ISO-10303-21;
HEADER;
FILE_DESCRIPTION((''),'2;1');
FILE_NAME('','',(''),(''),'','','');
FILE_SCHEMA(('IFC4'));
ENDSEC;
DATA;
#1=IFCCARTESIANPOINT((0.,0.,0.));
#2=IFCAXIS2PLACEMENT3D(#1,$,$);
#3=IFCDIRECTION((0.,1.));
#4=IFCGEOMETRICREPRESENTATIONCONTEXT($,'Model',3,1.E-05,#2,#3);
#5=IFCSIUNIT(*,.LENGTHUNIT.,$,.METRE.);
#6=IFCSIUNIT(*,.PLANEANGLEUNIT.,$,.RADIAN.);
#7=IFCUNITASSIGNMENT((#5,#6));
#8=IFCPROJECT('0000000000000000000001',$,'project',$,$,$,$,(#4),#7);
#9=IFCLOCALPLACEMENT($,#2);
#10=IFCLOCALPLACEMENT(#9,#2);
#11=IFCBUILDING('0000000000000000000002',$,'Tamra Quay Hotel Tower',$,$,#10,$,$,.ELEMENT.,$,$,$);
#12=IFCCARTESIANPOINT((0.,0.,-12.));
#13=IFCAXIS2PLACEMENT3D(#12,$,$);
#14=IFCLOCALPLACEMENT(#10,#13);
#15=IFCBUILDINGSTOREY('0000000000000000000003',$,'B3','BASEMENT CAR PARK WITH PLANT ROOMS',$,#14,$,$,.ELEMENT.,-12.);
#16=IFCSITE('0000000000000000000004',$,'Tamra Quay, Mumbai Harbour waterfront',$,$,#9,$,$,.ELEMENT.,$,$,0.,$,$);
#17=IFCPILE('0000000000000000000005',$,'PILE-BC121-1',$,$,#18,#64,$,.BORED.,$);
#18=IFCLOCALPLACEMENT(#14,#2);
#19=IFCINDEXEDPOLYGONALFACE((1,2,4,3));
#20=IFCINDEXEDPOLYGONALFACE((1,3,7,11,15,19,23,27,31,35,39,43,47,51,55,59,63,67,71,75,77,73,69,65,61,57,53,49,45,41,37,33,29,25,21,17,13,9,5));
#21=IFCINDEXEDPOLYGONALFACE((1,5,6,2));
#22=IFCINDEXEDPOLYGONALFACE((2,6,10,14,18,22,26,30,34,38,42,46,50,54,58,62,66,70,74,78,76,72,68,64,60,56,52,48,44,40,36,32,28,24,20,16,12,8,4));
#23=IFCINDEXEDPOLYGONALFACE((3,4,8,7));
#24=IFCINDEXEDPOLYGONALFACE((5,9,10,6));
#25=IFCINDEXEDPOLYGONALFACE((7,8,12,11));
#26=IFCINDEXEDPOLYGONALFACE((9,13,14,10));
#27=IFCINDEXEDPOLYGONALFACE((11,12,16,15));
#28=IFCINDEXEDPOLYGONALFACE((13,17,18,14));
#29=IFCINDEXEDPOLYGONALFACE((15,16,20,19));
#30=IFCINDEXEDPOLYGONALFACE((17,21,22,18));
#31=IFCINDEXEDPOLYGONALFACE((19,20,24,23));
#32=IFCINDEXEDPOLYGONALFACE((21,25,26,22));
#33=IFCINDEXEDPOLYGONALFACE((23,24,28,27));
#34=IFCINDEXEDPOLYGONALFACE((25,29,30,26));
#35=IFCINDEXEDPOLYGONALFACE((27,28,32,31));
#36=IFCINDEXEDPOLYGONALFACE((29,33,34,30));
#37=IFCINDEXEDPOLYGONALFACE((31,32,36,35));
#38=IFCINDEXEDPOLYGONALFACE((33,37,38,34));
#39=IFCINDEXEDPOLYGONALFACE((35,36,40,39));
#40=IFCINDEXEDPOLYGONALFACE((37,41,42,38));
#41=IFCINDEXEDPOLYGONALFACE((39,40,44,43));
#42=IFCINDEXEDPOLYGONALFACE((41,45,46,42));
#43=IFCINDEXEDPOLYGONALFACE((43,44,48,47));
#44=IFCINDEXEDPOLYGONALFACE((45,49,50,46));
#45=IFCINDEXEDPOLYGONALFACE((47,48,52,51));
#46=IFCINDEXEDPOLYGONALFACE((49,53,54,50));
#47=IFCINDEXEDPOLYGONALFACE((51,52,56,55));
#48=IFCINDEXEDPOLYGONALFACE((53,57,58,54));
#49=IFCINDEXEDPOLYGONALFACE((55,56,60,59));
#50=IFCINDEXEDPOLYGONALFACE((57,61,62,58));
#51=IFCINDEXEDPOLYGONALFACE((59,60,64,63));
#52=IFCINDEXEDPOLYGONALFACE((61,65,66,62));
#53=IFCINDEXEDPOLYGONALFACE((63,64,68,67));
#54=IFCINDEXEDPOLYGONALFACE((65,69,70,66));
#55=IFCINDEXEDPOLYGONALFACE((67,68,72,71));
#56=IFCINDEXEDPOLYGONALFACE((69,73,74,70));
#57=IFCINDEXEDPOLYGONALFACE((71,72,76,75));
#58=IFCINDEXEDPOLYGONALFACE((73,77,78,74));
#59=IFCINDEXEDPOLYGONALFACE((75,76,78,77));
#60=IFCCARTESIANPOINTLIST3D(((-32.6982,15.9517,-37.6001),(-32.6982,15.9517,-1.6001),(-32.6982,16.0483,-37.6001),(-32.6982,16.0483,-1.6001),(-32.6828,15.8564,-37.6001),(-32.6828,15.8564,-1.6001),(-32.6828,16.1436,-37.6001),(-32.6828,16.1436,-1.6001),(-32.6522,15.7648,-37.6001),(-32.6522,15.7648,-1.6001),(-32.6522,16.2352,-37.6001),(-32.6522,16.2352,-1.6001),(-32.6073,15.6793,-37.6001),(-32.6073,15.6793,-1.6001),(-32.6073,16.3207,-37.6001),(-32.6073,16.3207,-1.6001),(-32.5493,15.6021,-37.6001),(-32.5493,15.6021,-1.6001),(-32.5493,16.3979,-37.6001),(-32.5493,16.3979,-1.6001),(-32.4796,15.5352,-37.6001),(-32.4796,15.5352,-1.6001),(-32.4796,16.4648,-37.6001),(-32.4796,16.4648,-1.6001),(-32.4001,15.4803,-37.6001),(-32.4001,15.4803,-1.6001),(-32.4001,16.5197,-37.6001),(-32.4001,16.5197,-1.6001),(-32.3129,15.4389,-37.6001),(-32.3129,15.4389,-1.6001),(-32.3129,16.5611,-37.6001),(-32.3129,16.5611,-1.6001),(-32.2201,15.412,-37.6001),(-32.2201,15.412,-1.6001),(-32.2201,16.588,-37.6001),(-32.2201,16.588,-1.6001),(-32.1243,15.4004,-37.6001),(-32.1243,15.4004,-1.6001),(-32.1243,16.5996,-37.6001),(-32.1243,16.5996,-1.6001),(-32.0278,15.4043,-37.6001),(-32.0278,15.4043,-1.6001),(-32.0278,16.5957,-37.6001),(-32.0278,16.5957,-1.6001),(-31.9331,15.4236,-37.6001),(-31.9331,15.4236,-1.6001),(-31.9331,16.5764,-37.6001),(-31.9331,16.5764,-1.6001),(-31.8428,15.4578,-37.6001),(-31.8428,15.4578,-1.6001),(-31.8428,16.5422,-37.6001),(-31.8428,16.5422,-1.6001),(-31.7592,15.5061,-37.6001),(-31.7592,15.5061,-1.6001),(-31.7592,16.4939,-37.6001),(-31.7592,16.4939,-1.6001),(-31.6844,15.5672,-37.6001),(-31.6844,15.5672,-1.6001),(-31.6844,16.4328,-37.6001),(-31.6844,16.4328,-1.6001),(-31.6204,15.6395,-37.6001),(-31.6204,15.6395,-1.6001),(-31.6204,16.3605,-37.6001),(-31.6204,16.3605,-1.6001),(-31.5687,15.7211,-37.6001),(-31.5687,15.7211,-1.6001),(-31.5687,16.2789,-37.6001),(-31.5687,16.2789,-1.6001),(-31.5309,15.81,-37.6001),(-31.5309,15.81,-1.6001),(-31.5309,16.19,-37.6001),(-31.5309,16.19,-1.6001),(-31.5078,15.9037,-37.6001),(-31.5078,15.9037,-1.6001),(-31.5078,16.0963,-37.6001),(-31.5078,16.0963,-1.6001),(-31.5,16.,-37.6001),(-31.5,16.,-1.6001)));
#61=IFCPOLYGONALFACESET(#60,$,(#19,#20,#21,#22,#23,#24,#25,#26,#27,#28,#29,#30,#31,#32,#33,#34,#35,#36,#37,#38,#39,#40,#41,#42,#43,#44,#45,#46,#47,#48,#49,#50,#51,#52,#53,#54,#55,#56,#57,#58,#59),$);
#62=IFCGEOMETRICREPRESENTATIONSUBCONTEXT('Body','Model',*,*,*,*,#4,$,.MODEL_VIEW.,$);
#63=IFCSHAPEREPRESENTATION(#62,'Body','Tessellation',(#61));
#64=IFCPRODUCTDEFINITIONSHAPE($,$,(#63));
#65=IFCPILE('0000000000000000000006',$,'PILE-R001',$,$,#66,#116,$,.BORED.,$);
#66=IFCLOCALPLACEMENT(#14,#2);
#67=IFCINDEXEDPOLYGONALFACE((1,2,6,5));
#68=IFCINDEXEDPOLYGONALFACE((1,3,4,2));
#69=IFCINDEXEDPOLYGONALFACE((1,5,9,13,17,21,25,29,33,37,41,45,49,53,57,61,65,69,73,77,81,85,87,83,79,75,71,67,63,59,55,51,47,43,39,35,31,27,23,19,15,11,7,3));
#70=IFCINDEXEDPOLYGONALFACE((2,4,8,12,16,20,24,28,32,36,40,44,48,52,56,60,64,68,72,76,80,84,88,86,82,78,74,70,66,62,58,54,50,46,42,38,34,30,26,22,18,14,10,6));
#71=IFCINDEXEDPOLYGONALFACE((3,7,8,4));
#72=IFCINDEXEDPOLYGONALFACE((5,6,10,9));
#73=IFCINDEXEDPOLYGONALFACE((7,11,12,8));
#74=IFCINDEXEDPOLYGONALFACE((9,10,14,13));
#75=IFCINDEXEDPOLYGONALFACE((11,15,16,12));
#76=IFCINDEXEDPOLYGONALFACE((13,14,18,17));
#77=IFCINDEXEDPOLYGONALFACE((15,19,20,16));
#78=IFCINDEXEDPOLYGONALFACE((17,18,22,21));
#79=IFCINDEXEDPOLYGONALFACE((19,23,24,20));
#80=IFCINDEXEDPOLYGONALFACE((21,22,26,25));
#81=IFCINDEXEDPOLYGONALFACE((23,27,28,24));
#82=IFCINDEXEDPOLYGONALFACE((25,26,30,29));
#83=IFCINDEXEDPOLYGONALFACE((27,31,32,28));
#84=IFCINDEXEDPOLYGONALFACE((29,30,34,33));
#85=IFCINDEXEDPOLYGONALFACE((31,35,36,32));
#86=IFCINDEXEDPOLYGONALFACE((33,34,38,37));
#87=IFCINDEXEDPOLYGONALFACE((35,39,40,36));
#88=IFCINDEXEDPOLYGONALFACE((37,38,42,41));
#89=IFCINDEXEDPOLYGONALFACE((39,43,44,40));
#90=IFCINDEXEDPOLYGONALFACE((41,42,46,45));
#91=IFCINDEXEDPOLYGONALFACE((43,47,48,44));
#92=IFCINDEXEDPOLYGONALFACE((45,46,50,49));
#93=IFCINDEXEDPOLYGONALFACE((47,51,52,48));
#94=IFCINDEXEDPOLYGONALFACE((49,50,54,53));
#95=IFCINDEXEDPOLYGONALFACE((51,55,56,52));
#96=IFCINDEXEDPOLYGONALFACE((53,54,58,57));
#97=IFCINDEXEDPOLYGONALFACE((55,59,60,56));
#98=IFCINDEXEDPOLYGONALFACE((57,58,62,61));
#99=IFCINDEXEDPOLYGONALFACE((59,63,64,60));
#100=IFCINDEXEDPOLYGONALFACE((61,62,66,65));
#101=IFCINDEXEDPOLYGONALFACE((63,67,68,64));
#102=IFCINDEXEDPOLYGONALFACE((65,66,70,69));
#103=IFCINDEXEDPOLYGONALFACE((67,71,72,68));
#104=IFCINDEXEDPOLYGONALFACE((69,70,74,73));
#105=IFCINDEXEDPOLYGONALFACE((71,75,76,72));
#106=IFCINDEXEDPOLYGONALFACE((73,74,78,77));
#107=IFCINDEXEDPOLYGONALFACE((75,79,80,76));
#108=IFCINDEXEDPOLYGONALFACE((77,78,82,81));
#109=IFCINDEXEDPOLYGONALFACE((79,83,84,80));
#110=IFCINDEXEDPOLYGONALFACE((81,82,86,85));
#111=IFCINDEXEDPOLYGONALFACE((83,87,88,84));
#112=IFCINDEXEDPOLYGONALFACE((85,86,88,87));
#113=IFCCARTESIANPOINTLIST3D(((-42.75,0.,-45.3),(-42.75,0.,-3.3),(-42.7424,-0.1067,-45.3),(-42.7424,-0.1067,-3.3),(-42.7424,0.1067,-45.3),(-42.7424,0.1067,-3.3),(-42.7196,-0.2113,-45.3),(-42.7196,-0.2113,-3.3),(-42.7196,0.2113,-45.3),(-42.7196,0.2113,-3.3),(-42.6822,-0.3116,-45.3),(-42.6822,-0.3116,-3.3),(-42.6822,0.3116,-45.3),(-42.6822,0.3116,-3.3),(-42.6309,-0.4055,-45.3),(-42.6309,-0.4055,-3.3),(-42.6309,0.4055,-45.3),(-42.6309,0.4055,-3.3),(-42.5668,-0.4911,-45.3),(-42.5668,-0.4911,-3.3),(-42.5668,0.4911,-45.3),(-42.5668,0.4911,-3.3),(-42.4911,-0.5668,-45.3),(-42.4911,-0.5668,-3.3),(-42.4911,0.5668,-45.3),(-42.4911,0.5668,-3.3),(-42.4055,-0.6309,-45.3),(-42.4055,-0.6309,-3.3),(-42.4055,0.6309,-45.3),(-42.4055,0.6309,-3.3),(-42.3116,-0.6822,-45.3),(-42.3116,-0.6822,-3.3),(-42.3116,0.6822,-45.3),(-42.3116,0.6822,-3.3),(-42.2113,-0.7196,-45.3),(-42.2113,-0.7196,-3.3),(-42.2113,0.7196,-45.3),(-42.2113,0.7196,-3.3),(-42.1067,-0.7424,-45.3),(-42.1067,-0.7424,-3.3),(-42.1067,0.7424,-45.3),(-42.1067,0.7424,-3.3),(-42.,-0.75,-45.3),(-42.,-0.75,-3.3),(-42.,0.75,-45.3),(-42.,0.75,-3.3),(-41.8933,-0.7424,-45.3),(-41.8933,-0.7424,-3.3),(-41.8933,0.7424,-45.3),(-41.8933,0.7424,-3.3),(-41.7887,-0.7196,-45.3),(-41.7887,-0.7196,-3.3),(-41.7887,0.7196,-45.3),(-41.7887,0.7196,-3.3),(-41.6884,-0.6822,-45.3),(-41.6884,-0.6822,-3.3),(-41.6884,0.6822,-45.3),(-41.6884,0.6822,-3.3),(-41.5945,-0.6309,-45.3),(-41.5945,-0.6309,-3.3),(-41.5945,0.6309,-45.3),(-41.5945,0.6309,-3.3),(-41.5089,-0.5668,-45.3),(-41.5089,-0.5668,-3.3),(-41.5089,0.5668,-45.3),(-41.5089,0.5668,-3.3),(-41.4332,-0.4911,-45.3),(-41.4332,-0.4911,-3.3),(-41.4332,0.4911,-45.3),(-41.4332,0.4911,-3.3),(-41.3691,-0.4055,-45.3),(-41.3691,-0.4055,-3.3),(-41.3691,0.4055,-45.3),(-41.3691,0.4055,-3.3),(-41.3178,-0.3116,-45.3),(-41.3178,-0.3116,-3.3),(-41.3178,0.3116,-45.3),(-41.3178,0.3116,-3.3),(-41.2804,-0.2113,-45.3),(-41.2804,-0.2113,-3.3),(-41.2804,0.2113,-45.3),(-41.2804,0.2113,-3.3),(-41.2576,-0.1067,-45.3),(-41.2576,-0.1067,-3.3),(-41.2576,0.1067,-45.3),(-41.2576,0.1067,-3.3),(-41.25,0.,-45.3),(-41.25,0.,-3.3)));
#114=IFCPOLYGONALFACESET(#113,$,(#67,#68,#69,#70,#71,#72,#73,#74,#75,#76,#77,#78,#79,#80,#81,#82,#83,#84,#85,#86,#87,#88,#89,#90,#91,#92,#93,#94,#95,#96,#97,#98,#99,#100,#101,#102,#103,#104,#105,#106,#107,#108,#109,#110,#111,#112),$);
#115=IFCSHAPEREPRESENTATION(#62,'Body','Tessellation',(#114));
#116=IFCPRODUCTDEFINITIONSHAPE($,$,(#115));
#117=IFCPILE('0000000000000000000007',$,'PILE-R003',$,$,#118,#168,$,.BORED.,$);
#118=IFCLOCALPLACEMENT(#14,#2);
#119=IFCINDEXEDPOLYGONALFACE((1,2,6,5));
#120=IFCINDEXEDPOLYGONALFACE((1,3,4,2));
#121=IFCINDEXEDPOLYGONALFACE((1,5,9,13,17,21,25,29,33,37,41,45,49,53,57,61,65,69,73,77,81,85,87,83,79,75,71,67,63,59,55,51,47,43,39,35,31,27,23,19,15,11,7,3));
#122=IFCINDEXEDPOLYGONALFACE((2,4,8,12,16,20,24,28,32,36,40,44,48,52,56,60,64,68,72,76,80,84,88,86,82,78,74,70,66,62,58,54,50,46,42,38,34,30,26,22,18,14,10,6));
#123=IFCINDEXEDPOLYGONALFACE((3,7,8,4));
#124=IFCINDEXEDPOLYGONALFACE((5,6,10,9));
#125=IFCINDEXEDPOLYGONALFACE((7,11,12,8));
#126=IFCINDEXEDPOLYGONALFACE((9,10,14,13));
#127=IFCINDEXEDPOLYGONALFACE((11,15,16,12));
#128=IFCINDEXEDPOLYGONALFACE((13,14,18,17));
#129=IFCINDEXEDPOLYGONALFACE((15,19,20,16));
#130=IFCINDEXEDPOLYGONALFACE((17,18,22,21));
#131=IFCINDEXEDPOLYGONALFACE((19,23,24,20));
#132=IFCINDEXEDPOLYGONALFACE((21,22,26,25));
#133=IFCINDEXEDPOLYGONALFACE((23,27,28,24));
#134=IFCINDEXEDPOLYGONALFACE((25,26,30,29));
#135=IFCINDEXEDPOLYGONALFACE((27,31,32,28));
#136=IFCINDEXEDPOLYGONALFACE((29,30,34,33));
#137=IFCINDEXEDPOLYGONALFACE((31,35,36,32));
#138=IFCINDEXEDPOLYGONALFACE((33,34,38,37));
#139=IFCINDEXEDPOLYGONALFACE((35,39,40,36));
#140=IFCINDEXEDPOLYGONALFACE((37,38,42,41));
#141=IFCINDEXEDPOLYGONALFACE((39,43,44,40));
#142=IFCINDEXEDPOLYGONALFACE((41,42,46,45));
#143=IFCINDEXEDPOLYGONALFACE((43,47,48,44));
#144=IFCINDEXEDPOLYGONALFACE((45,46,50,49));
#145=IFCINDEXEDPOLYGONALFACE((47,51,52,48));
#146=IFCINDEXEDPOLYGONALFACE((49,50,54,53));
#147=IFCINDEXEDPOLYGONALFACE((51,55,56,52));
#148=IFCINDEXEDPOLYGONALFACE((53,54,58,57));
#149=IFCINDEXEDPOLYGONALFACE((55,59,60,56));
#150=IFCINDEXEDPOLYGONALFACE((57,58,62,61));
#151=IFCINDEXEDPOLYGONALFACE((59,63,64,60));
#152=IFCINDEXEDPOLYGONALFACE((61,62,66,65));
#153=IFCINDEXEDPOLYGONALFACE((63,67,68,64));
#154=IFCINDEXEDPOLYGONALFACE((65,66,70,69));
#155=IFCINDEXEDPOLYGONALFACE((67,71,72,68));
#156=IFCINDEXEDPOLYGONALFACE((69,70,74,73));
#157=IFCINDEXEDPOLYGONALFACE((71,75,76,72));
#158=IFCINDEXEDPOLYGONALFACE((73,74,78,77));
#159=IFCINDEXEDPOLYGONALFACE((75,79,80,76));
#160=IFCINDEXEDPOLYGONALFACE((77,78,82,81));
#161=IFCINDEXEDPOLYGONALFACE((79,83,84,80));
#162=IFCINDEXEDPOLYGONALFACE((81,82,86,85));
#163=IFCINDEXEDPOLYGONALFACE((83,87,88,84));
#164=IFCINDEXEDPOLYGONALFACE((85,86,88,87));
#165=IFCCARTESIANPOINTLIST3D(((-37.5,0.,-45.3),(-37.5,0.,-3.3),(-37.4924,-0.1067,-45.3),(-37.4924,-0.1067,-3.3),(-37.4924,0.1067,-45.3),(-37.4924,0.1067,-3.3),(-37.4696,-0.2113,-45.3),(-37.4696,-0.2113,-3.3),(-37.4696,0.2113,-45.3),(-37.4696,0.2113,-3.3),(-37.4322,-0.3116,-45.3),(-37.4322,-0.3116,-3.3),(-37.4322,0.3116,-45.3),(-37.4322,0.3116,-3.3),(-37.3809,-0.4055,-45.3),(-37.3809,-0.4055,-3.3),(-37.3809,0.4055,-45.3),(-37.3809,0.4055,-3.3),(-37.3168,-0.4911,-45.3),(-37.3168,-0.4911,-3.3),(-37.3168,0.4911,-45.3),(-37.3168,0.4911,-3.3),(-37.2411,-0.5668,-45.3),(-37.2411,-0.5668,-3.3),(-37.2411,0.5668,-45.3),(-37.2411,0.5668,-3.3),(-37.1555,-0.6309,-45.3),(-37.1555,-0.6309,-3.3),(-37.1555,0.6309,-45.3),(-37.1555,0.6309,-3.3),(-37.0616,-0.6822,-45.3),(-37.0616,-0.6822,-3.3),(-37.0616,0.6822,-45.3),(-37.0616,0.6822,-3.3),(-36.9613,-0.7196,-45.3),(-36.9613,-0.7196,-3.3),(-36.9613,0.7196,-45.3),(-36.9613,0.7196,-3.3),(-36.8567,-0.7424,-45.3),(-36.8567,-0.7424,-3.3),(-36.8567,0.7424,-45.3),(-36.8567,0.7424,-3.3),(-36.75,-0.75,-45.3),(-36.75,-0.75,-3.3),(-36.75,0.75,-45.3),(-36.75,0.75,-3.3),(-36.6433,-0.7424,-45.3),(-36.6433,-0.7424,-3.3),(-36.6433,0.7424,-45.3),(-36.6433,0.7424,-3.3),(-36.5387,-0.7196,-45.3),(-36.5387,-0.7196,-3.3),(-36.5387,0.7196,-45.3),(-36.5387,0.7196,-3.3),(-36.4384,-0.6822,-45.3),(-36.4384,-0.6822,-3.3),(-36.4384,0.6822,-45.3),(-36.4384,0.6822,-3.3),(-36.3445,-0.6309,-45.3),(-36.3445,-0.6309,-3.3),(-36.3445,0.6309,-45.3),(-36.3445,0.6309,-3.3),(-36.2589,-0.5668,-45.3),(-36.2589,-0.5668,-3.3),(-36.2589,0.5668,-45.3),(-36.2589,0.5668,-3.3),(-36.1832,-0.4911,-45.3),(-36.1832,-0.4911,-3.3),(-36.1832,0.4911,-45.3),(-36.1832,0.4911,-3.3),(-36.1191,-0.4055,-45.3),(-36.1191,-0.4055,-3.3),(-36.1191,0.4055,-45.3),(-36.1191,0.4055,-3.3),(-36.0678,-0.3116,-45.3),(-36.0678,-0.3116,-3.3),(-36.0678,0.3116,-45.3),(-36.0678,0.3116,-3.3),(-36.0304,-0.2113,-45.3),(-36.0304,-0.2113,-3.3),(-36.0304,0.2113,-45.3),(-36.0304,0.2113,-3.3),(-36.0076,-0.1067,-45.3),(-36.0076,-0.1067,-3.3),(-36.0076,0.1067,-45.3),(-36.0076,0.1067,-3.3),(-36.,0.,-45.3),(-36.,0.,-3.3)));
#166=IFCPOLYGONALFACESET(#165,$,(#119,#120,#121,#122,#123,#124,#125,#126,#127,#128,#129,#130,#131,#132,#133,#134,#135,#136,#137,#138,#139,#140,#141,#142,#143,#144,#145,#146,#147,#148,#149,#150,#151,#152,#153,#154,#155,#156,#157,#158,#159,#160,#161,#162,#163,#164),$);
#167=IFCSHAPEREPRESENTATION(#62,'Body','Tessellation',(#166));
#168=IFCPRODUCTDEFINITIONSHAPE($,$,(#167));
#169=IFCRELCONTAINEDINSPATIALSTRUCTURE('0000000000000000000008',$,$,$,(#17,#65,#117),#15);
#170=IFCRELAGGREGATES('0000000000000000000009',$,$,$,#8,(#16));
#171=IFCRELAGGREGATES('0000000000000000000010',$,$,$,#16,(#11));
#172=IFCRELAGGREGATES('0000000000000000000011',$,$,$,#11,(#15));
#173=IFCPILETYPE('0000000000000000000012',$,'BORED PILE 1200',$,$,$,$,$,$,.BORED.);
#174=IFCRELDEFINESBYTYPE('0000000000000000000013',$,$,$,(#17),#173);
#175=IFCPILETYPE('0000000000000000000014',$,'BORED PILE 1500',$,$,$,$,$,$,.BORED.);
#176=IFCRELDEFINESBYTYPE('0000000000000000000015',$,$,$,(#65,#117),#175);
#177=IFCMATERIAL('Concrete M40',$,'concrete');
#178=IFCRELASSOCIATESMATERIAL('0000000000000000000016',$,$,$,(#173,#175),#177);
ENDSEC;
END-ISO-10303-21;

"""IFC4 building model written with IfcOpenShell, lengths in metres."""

from ifc_helpers import new_model, si_unit, direction, frame, origin, origin_2d, place, context, subcontext, project, spatial, circle, extrude, material, material_profile, profile_set, type_object, element, save


model = new_model("IFC4")

# Units and contexts
model_context = context("Model", 3, precision=1e-05, world=origin(), true_north=direction((0.0, 1.0)))
body_context = subcontext(model_context, "Body", "Model", "MODEL_VIEW")
ifc_project = project(units=[si_unit("LENGTHUNIT", "METRE"), si_unit("PLANEANGLEUNIT", "RADIAN")], contexts=[model_context])

# Site, building, storey
site_placement = place(None, origin())
site = spatial("IfcSite", under=ifc_project, at=site_placement, Name="Tamra Quay, Mumbai Harbour waterfront", CompositionType="ELEMENT", RefElevation=0.0)
building_placement = place(site_placement, origin())
building = spatial("IfcBuilding", under=site, at=building_placement, Name="Tamra Quay Hotel Tower", CompositionType="ELEMENT")
storey_placement = place(building_placement, frame((0.0, 0.0, -12.0)))
storey = spatial("IfcBuildingStorey", under=building, at=storey_placement, Name="B3", Description="BASEMENT CAR PARK WITH PLANT ROOMS", CompositionType="ELEMENT", Elevation=-12.0)

# Piles
ifc_material_1 = material(Name="Concrete M40", Category="concrete")
ifc_material_profile_1 = material_profile(ifc_material_1, circle(Radius=0.6001, at=origin_2d()), Name="BORED PILE 1200")
ifc_profile_set_1 = profile_set([ifc_material_profile_1], Name="Concrete M40")
pile_type_1 = type_object("IfcPileType", Name="BORED PILE 1200", PredefinedType="BORED", material=ifc_profile_set_1)
for number, where, z_axis, x_axis, name in (
    (1, (-32.1001, 16.0, -1.6001), (0.0, 0.0, -1.0), (1.0, 0.0, 0.0), "PILE-BC121-1"),
):
    element("IfcPile", number, at=place(storey_placement, frame(where, z_axis=z_axis, x_axis=x_axis)), inside=storey, type_object=pile_type_1, Name=name, PredefinedType="BORED", context=body_context, shape_type="SweptSolid", body=[
        extrude(circle(Radius=0.6001, at=origin_2d()), origin(), (0.0, 0.0, 1.0), 36.0),
    ])
ifc_material_profile_2 = material_profile(ifc_material_1, circle(Radius=0.75, at=origin_2d()), Name="BORED PILE 1500")
ifc_profile_set_2 = profile_set([ifc_material_profile_2], Name="Concrete M40")
pile_type_2 = type_object("IfcPileType", Name="BORED PILE 1500", PredefinedType="BORED", material=ifc_profile_set_2)
for number, where, z_axis, x_axis, name in (
    (2, (-42.0, 0.0, -3.3), (0.0, 0.0, -1.0), (1.0, 0.0, 0.0), "PILE-R001"),
    (3, (-36.75, 0.0, -3.3), (0.0, 0.0, -1.0), (1.0, 0.0, 0.0), "PILE-R003"),
):
    element("IfcPile", number, at=place(storey_placement, frame(where, z_axis=z_axis, x_axis=x_axis)), inside=storey, type_object=pile_type_2, Name=name, PredefinedType="BORED", context=body_context, shape_type="SweptSolid", body=[
        extrude(circle(Radius=0.75, at=origin_2d()), origin(), (0.0, 0.0, 1.0), 42.0),
    ])

save(model, "model.ifc")
